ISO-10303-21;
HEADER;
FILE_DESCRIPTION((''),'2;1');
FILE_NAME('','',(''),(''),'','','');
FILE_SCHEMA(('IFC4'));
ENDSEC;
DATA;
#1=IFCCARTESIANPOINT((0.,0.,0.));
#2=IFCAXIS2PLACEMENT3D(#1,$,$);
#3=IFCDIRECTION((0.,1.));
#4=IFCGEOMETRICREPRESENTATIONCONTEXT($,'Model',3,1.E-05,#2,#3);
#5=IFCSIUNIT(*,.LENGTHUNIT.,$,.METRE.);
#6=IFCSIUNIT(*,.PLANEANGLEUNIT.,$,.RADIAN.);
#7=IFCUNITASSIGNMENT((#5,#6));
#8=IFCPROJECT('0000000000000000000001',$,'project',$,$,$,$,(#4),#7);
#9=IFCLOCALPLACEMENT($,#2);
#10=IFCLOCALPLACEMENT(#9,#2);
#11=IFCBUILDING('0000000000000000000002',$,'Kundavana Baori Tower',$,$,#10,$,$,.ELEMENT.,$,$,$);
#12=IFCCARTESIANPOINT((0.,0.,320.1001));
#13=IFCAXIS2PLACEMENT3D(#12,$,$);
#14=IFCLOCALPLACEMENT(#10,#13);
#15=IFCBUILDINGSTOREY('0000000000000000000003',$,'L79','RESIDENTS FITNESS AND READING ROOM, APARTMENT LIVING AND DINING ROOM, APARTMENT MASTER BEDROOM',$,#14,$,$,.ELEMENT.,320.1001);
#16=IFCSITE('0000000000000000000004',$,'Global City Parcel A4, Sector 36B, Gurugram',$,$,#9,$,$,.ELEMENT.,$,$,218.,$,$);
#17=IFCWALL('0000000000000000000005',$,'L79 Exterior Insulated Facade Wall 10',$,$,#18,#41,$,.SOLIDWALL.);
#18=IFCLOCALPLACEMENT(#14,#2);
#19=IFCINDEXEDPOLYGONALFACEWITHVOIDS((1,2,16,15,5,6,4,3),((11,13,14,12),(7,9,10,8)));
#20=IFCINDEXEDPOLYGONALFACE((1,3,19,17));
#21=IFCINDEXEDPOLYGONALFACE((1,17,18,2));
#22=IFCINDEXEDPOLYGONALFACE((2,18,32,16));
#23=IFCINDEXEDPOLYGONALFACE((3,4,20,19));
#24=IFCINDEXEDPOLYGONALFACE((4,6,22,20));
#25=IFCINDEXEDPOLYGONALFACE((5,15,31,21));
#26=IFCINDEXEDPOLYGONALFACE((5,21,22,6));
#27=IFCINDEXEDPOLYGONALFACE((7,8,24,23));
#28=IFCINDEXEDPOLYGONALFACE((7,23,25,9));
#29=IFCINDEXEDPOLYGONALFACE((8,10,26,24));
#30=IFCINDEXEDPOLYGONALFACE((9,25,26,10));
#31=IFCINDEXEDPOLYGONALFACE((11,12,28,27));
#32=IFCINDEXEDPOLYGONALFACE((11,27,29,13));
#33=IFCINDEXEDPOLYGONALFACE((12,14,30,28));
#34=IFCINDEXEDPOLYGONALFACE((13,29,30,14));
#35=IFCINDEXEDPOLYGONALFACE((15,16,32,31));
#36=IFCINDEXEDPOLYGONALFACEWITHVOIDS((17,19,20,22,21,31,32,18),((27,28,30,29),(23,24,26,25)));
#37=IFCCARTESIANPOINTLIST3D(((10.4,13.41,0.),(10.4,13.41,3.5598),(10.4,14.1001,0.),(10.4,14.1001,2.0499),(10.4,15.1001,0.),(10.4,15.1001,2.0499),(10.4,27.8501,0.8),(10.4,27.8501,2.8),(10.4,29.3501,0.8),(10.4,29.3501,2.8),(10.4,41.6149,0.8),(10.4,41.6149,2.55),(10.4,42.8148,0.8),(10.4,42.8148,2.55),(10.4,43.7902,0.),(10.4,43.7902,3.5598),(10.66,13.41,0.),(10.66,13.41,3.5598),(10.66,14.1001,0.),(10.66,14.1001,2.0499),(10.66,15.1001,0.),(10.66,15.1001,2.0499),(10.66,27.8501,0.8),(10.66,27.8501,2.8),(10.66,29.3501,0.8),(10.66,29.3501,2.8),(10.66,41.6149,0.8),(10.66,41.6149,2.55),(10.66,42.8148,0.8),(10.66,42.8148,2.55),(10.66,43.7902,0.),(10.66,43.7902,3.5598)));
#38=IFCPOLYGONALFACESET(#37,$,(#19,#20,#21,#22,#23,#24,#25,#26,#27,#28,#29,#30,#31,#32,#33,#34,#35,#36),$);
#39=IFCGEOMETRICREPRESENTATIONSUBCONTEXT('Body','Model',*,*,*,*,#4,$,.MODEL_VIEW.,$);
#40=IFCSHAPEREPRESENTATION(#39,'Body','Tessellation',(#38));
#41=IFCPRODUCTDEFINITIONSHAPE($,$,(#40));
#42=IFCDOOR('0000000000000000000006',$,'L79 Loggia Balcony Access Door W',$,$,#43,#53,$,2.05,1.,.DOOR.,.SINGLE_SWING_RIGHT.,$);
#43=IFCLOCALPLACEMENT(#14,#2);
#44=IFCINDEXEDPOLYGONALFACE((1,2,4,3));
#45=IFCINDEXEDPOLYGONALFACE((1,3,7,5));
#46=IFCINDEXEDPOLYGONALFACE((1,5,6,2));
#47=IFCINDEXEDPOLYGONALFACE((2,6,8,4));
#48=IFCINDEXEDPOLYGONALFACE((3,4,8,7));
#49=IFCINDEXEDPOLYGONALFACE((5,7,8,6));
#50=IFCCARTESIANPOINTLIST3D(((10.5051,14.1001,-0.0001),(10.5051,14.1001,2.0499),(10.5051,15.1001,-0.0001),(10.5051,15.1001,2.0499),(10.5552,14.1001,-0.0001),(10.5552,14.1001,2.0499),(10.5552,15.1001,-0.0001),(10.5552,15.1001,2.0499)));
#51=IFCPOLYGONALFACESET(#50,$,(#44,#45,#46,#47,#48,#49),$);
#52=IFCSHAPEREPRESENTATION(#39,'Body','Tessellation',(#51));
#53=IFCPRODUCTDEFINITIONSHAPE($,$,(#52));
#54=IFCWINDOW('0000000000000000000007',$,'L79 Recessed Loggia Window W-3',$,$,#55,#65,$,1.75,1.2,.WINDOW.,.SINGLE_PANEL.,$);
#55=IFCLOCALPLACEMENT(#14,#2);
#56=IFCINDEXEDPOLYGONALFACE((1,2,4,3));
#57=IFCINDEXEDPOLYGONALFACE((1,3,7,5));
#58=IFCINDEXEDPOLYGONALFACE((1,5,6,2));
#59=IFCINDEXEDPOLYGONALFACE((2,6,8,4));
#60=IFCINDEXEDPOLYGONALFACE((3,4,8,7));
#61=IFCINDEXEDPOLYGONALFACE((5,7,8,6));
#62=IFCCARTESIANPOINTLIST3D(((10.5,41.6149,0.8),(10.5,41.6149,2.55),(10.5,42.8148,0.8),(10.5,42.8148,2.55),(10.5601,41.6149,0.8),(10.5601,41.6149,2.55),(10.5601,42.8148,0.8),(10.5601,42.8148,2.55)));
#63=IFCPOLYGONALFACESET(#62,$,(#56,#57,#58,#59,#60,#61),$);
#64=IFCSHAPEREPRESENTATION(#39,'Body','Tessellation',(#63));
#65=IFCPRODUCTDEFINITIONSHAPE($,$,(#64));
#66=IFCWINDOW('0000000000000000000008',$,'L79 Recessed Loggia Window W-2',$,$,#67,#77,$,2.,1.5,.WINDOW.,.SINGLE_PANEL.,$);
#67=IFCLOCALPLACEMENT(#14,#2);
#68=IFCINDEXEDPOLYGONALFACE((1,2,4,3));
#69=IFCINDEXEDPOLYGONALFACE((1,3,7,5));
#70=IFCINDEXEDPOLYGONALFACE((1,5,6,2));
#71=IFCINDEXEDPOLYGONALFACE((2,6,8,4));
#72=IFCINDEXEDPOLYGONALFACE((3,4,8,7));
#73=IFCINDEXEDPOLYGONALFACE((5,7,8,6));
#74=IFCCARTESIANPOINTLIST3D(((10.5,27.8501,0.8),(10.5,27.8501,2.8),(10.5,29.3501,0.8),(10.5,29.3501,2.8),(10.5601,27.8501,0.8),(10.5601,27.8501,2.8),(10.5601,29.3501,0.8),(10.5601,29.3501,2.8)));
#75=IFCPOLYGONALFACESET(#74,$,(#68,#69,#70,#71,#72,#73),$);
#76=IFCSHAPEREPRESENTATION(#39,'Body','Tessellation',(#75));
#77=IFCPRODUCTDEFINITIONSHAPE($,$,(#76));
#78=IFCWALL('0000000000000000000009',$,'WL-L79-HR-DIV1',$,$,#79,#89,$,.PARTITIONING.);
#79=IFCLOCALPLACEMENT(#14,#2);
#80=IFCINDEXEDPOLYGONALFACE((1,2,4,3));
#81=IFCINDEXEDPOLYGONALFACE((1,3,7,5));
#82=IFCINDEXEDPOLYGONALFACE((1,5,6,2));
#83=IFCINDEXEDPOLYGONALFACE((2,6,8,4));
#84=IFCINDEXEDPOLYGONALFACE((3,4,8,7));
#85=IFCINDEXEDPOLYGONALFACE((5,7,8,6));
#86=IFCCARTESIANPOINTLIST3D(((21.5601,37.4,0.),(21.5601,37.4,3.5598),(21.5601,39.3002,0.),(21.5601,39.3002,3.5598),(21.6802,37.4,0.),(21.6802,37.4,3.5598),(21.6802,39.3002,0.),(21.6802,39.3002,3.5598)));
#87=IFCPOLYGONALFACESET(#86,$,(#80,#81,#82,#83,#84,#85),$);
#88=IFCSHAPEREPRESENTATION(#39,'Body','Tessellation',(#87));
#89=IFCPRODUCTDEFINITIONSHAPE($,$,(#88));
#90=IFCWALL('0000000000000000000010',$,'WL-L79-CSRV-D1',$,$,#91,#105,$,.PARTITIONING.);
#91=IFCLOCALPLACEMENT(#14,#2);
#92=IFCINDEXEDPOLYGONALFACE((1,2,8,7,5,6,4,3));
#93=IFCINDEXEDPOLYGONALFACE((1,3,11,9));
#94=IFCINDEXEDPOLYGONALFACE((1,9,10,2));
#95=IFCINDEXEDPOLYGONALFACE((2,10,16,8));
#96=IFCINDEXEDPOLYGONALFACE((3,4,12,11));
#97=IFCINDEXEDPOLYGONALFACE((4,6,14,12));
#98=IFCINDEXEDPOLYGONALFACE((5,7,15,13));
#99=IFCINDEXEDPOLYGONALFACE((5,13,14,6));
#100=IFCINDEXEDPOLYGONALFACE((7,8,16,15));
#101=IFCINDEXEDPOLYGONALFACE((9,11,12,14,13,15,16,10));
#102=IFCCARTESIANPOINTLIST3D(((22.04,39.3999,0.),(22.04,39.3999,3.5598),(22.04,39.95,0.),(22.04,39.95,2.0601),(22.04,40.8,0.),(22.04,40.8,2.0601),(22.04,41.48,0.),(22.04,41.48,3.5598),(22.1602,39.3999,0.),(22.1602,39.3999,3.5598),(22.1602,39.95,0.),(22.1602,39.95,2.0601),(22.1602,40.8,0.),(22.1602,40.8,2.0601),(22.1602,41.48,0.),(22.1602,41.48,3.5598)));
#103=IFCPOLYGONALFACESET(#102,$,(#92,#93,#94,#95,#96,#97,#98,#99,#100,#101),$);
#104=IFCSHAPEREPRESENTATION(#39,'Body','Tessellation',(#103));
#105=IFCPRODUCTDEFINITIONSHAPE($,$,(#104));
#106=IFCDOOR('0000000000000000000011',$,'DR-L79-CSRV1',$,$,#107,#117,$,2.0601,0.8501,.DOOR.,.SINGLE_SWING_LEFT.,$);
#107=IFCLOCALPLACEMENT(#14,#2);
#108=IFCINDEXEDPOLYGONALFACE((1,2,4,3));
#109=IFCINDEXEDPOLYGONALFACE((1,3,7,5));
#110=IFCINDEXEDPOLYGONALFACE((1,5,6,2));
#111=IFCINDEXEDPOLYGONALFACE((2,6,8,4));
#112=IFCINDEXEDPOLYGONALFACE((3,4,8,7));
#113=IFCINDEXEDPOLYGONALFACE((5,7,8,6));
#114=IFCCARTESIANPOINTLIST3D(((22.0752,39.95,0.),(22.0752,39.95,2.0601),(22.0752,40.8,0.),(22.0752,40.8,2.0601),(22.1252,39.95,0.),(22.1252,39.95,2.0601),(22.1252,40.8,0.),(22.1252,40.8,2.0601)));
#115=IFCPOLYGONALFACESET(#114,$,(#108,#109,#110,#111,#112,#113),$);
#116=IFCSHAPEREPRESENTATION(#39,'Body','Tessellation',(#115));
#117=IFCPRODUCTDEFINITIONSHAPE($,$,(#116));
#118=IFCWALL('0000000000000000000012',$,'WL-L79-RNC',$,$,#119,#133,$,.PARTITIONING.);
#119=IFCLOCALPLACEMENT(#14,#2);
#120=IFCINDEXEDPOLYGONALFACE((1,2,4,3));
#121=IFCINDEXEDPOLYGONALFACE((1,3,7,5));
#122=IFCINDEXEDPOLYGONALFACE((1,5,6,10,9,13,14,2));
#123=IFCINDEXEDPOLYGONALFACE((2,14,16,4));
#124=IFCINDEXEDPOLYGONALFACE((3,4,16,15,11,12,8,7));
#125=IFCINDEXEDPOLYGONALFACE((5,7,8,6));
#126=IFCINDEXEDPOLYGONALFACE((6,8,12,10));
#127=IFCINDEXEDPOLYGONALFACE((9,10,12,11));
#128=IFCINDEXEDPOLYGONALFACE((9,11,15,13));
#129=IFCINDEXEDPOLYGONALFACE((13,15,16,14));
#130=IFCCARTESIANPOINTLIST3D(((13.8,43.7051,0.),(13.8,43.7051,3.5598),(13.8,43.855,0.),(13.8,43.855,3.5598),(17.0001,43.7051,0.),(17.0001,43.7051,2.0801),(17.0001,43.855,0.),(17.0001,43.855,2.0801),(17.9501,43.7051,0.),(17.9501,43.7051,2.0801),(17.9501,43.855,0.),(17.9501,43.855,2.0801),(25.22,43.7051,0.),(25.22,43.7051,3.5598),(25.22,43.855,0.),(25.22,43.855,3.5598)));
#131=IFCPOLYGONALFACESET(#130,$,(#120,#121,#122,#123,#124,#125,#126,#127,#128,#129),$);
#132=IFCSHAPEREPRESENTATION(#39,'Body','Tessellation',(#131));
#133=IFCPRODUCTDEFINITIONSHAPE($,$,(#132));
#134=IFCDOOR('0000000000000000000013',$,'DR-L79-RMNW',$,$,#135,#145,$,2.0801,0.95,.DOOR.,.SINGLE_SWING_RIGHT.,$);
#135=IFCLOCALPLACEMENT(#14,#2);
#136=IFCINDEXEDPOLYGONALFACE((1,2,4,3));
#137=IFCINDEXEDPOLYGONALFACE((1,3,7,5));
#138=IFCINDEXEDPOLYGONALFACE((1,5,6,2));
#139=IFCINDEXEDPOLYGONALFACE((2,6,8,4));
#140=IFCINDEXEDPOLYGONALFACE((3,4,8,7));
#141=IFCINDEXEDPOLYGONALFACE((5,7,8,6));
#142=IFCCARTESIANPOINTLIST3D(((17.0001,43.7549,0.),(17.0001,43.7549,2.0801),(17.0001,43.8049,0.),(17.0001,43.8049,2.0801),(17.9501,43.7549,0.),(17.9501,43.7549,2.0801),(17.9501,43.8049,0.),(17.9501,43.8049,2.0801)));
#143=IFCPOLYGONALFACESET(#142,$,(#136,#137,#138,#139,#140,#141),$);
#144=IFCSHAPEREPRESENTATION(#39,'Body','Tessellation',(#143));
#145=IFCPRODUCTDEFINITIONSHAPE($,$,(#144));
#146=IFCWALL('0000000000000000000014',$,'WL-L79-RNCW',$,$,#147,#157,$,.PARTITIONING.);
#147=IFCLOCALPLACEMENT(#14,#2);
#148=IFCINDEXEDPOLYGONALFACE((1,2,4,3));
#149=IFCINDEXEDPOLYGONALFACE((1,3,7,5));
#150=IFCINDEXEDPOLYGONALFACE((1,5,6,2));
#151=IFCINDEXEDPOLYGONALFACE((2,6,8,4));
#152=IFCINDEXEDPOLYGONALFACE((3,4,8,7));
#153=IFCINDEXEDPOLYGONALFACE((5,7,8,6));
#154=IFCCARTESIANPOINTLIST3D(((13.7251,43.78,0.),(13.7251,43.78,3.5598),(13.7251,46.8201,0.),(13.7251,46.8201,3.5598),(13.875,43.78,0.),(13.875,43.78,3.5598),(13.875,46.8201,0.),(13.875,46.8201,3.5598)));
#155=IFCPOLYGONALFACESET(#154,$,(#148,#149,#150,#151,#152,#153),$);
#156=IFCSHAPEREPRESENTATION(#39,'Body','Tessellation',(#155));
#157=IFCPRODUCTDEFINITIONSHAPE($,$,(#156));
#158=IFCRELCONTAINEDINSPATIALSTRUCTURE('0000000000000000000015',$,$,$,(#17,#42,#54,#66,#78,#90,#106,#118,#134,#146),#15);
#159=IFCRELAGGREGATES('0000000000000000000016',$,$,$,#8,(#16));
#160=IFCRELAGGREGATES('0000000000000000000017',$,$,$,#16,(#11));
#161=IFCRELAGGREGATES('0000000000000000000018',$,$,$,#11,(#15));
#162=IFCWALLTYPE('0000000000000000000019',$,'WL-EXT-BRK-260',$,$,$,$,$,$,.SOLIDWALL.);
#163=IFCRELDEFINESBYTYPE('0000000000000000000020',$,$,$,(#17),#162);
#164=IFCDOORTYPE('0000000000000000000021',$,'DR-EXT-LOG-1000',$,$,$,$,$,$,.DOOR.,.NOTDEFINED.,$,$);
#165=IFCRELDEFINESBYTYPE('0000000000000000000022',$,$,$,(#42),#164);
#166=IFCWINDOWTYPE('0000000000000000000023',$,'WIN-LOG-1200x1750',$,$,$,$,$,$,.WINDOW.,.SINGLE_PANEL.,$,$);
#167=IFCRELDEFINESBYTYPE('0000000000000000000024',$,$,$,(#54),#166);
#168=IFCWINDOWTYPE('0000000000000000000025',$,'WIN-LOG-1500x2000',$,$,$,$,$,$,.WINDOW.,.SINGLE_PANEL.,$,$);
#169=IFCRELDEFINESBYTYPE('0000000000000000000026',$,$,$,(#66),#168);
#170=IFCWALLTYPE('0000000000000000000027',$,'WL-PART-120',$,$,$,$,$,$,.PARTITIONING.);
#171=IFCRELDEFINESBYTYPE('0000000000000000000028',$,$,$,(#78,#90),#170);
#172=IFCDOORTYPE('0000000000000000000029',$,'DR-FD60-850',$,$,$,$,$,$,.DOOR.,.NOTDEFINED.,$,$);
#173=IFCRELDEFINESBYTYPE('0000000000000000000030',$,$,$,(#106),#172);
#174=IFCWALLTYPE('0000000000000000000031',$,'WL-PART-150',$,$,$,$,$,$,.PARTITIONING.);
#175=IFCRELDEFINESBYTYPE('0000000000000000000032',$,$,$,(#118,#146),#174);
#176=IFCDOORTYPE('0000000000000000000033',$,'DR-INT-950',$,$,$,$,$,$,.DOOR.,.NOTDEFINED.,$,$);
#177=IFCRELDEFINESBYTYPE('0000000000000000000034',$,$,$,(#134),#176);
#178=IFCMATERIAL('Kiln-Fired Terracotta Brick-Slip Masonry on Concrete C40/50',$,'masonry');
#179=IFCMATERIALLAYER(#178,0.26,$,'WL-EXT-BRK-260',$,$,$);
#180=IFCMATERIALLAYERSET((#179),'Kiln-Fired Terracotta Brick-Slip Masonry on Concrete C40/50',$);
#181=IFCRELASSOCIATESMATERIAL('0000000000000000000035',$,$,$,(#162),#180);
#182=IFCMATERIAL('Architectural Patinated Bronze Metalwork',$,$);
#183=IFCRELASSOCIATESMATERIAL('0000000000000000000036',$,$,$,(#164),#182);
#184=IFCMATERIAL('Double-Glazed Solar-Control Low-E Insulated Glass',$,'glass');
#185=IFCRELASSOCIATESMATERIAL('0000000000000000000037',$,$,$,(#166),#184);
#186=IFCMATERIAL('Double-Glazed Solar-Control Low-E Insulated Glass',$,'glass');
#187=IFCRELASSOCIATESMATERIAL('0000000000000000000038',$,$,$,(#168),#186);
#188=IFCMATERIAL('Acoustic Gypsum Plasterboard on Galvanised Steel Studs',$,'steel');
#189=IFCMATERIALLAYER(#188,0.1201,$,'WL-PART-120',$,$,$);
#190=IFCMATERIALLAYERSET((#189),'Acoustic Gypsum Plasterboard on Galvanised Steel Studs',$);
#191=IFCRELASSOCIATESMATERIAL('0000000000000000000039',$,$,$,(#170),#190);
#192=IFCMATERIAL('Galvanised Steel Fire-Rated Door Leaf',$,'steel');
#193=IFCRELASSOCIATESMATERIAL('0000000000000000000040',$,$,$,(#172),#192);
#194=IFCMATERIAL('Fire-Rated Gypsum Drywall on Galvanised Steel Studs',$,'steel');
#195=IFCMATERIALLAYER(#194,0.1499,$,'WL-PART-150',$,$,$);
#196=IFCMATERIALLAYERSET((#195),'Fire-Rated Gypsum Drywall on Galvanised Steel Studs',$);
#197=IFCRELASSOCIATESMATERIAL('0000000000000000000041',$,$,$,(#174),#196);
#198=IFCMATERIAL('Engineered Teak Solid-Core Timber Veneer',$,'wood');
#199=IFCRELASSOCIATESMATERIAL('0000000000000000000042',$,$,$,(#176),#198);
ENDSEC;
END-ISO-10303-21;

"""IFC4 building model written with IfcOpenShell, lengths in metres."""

from ifc_helpers import new_model, si_unit, direction, frame, frame_2d, origin, place, context, subcontext, project, spatial, rectangle, extrude, material, layer, layer_set, type_object, element, fill, save


model = new_model("IFC4")

# Units and contexts
model_context = context("Model", 3, precision=1e-05, world=origin(), true_north=direction((0.0, 1.0)))
body_context = subcontext(model_context, "Body", "Model", "MODEL_VIEW")
ifc_project = project(units=[si_unit("LENGTHUNIT", "METRE"), si_unit("PLANEANGLEUNIT", "RADIAN")], contexts=[model_context])

# Site, building, storey
site_placement = place(None, origin())
site = spatial("IfcSite", under=ifc_project, at=site_placement, Name="Global City Parcel A4, Sector 36B, Gurugram", CompositionType="ELEMENT", RefElevation=218.0)
building_placement = place(site_placement, origin())
building = spatial("IfcBuilding", under=site, at=building_placement, Name="Kundavana Baori Tower", CompositionType="ELEMENT")
storey_placement = place(building_placement, frame((0.0, 0.0, 320.1001)))
storey = spatial("IfcBuildingStorey", under=building, at=storey_placement, Name="L79", Description="RESIDENTS FITNESS AND READING ROOM, APARTMENT LIVING AND DINING ROOM, APARTMENT MASTER BEDROOM", CompositionType="ELEMENT", Elevation=320.1001)

# Shared definitions
ifc_material_1 = material(Name="Kiln-Fired Terracotta Brick-Slip Masonry on Concrete C40/50", Category="masonry")
ifc_layer_1 = layer(ifc_material_1, 0.26, Name="WL-EXT-BRK-260")
ifc_layer_set_1 = layer_set([ifc_layer_1], Name="Kiln-Fired Terracotta Brick-Slip Masonry on Concrete C40/50")
wall_type_1 = type_object("IfcWallType", Name="WL-EXT-BRK-260", PredefinedType="SOLIDWALL", material=ifc_layer_set_1)

# Wall, openings, door, windows
wall_1_placement = place(storey_placement, frame((10.53, 43.79, 0.0), z_axis=(0.0, 0.0, 1.0), x_axis=(0.0, -1.0, 0.0)))
wall_1 = element("IfcWall", 1, at=wall_1_placement, inside=storey, type_object=wall_type_1, Name="L79 Exterior Insulated Facade Wall 10", PredefinedType="SOLIDWALL", context=body_context, shape_type="SweptSolid", body=[
    extrude(rectangle(XDim=30.3801, YDim=0.26, at=frame_2d((15.1899, 0.0))), origin(), (0.0, 0.0, 1.0), 3.5598),
])
opening_1_placement = place(wall_1_placement, frame((28.6899, 0.0, 0.0)))
opening_1 = element("IfcOpeningElement", 2, at=opening_1_placement, cuts=wall_1, PredefinedType="OPENING", context=body_context, shape_type="SweptSolid", body=[
    extrude(rectangle(XDim=1.0, YDim=2.05, at=frame_2d((0.5, 1.0249))), frame((0.0, 0.1401, 0.0), z_axis=(0.0, -1.0, 0.0), x_axis=(1.0, 0.0, 0.0)), (0.0, 0.0, 1.0), 0.28),
])
opening_2_placement = place(wall_1_placement, frame((14.4399, 0.0, 0.8)))
opening_2 = element("IfcOpeningElement", 3, at=opening_2_placement, cuts=wall_1, PredefinedType="OPENING", context=body_context, shape_type="SweptSolid", body=[
    extrude(rectangle(XDim=1.5, YDim=2.0, at=frame_2d((0.75, 1.0))), frame((0.0, 0.1401, 0.0), z_axis=(0.0, -1.0, 0.0), x_axis=(1.0, 0.0, 0.0)), (0.0, 0.0, 1.0), 0.28),
])
opening_3_placement = place(wall_1_placement, frame((0.9751, 0.0, 0.8)))
opening_3 = element("IfcOpeningElement", 4, at=opening_3_placement, cuts=wall_1, PredefinedType="OPENING", context=body_context, shape_type="SweptSolid", body=[
    extrude(rectangle(XDim=1.2, YDim=1.75, at=frame_2d((0.6001, 0.875))), frame((0.0, 0.1401, 0.0), z_axis=(0.0, -1.0, 0.0), x_axis=(1.0, 0.0, 0.0)), (0.0, 0.0, 1.0), 0.28),
])
ifc_material_2 = material(Name="Architectural Patinated Bronze Metalwork")
door_type_1 = type_object("IfcDoorType", Name="DR-EXT-LOG-1000", OperationType="NOTDEFINED", PredefinedType="DOOR", material=ifc_material_2)
door_1_placement = place(opening_1_placement, frame((1.0, 0.0, 0.0), z_axis=(0.0, 0.0, 1.0), x_axis=(-1.0, 0.0, 0.0)))
door_1 = element("IfcDoor", 5, at=door_1_placement, inside=storey, type_object=door_type_1, Name="L79 Loggia Balcony Access Door W", OperationType="SINGLE_SWING_RIGHT", OverallHeight=2.05, OverallWidth=1.0, PredefinedType="DOOR", context=body_context, shape_type="SweptSolid", body=[
    extrude(rectangle(XDim=1.0, YDim=2.05, at=frame_2d((0.5, 1.0249))), frame((0.0, 0.0249, 0.0), z_axis=(0.0, -1.0, 0.0), x_axis=(1.0, 0.0, 0.0)), (0.0, 0.0, 1.0), 0.05),
])
fill(opening_1, door_1)
ifc_material_3 = material(Name="Double-Glazed Solar-Control Low-E Insulated Glass", Category="glass")
window_type_1 = type_object("IfcWindowType", Name="WIN-LOG-1200x1750", PartitioningType="SINGLE_PANEL", PredefinedType="WINDOW", material=ifc_material_3)
window_1_placement = place(opening_3_placement, origin())
window_1 = element("IfcWindow", 6, at=window_1_placement, inside=storey, type_object=window_type_1, Name="L79 Recessed Loggia Window W-3", OverallHeight=1.75, OverallWidth=1.2, PartitioningType="SINGLE_PANEL", PredefinedType="WINDOW", context=body_context, shape_type="SweptSolid", body=[
    extrude(rectangle(XDim=1.2, YDim=1.75, at=frame_2d((0.6001, 0.875))), frame((0.0, 0.03, 0.0), z_axis=(0.0, -1.0, 0.0), x_axis=(1.0, 0.0, 0.0)), (0.0, 0.0, 1.0), 0.0601),
])
fill(opening_3, window_1)
ifc_material_4 = material(Name="Double-Glazed Solar-Control Low-E Insulated Glass", Category="glass")
window_type_2 = type_object("IfcWindowType", Name="WIN-LOG-1500x2000", PartitioningType="SINGLE_PANEL", PredefinedType="WINDOW", material=ifc_material_4)
window_2_placement = place(opening_2_placement, origin())
window_2 = element("IfcWindow", 7, at=window_2_placement, inside=storey, type_object=window_type_2, Name="L79 Recessed Loggia Window W-2", OverallHeight=2.0, OverallWidth=1.5, PartitioningType="SINGLE_PANEL", PredefinedType="WINDOW", context=body_context, shape_type="SweptSolid", body=[
    extrude(rectangle(XDim=1.5, YDim=2.0, at=frame_2d((0.75, 1.0))), frame((0.0, 0.03, 0.0), z_axis=(0.0, -1.0, 0.0), x_axis=(1.0, 0.0, 0.0)), (0.0, 0.0, 1.0), 0.0601),
])
fill(opening_2, window_2)

# Wall
ifc_material_5 = material(Name="Acoustic Gypsum Plasterboard on Galvanised Steel Studs", Category="steel")
ifc_layer_2 = layer(ifc_material_5, 0.1201, Name="WL-PART-120")
ifc_layer_set_2 = layer_set([ifc_layer_2], Name="Acoustic Gypsum Plasterboard on Galvanised Steel Studs")
wall_type_2 = type_object("IfcWallType", Name="WL-PART-120", PredefinedType="PARTITIONING", material=ifc_layer_set_2)
wall_2_placement = place(storey_placement, frame((21.6201, 37.3999, 0.0), z_axis=(0.0, 0.0, 1.0), x_axis=(0.0, 1.0, 0.0)))
element("IfcWall", 8, at=wall_2_placement, inside=storey, type_object=wall_type_2, Name="WL-L79-HR-DIV1", PredefinedType="PARTITIONING", context=body_context, shape_type="SweptSolid", body=[
    extrude(rectangle(XDim=1.9001, YDim=0.1201, at=frame_2d((0.9502, 0.0))), origin(), (0.0, 0.0, 1.0), 3.5598),
])

# Walls, openings, doors
wall_3_placement = place(storey_placement, frame((22.1001, 39.3999, 0.0), z_axis=(0.0, 0.0, 1.0), x_axis=(0.0, 1.0, 0.0)))
wall_3 = element("IfcWall", 9, at=wall_3_placement, inside=storey, type_object=wall_type_2, Name="WL-L79-CSRV-D1", PredefinedType="PARTITIONING", context=body_context, shape_type="SweptSolid", body=[
    extrude(rectangle(XDim=2.0801, YDim=0.1201, at=frame_2d((1.04, 0.0))), origin(), (0.0, 0.0, 1.0), 3.5598),
])
opening_4_placement = place(wall_3_placement, frame((0.55, 0.0, 0.0)))
opening_4 = element("IfcOpeningElement", 10, at=opening_4_placement, cuts=wall_3, PredefinedType="OPENING", context=body_context, shape_type="SweptSolid", body=[
    extrude(rectangle(XDim=0.8501, YDim=2.0601, at=frame_2d((0.425, 1.03))), frame((0.0, 0.0701, 0.0), z_axis=(0.0, -1.0, 0.0), x_axis=(1.0, 0.0, 0.0)), (0.0, 0.0, 1.0), 0.1401),
])
ifc_material_6 = material(Name="Galvanised Steel Fire-Rated Door Leaf", Category="steel")
door_type_2 = type_object("IfcDoorType", Name="DR-FD60-850", OperationType="NOTDEFINED", PredefinedType="DOOR", material=ifc_material_6)
door_2_placement = place(opening_4_placement, origin())
door_2 = element("IfcDoor", 11, at=door_2_placement, inside=storey, type_object=door_type_2, Name="DR-L79-CSRV1", OperationType="SINGLE_SWING_LEFT", OverallHeight=2.0601, OverallWidth=0.8501, PredefinedType="DOOR", context=body_context, shape_type="SweptSolid", body=[
    extrude(rectangle(XDim=0.8501, YDim=2.0601, at=frame_2d((0.425, 1.03))), frame((0.0, 0.0249, 0.0), z_axis=(0.0, -1.0, 0.0), x_axis=(1.0, 0.0, 0.0)), (0.0, 0.0, 1.0), 0.05),
])
fill(opening_4, door_2)
ifc_material_7 = material(Name="Fire-Rated Gypsum Drywall on Galvanised Steel Studs", Category="steel")
ifc_layer_3 = layer(ifc_material_7, 0.1499, Name="WL-PART-150")
ifc_layer_set_3 = layer_set([ifc_layer_3], Name="Fire-Rated Gypsum Drywall on Galvanised Steel Studs")
wall_type_3 = type_object("IfcWallType", Name="WL-PART-150", PredefinedType="PARTITIONING", material=ifc_layer_set_3)
wall_4_placement = place(storey_placement, frame((13.8, 43.78, 0.0), z_axis=(0.0, 0.0, 1.0), x_axis=(1.0, 0.0, 0.0)))
wall_4 = element("IfcWall", 12, at=wall_4_placement, inside=storey, type_object=wall_type_3, Name="WL-L79-RNC", PredefinedType="PARTITIONING", context=body_context, shape_type="SweptSolid", body=[
    extrude(rectangle(XDim=11.4199, YDim=0.1499, at=frame_2d((5.71, 0.0))), origin(), (0.0, 0.0, 1.0), 3.5598),
])
opening_5_placement = place(wall_4_placement, frame((3.2, 0.0, 0.0)))
opening_5 = element("IfcOpeningElement", 13, at=opening_5_placement, cuts=wall_4, PredefinedType="OPENING", context=body_context, shape_type="SweptSolid", body=[
    extrude(rectangle(XDim=0.95, YDim=2.0801, at=frame_2d((0.4751, 1.04))), frame((0.0, 0.085, 0.0), z_axis=(0.0, -1.0, 0.0), x_axis=(1.0, 0.0, 0.0)), (0.0, 0.0, 1.0), 0.1699),
])
ifc_material_8 = material(Name="Engineered Teak Solid-Core Timber Veneer", Category="wood")
door_type_3 = type_object("IfcDoorType", Name="DR-INT-950", OperationType="NOTDEFINED", PredefinedType="DOOR", material=ifc_material_8)
door_3_placement = place(opening_5_placement, origin())
door_3 = element("IfcDoor", 14, at=door_3_placement, inside=storey, type_object=door_type_3, Name="DR-L79-RMNW", OperationType="SINGLE_SWING_RIGHT", OverallHeight=2.0801, OverallWidth=0.95, PredefinedType="DOOR", context=body_context, shape_type="SweptSolid", body=[
    extrude(rectangle(XDim=0.95, YDim=2.0801, at=frame_2d((0.4751, 1.04))), frame((0.0, 0.0249, 0.0), z_axis=(0.0, -1.0, 0.0), x_axis=(1.0, 0.0, 0.0)), (0.0, 0.0, 1.0), 0.05),
])
fill(opening_5, door_3)

# Wall
wall_5_placement = place(storey_placement, frame((13.8, 43.78, 0.0), z_axis=(0.0, 0.0, 1.0), x_axis=(0.0, 1.0, 0.0)))
element("IfcWall", 15, at=wall_5_placement, inside=storey, type_object=wall_type_3, Name="WL-L79-RNCW", PredefinedType="PARTITIONING", context=body_context, shape_type="SweptSolid", body=[
    extrude(rectangle(XDim=3.04, YDim=0.1499, at=frame_2d((1.52, 0.0))), origin(), (0.0, 0.0, 1.0), 3.5598),
])

save(model, "model.ifc")
